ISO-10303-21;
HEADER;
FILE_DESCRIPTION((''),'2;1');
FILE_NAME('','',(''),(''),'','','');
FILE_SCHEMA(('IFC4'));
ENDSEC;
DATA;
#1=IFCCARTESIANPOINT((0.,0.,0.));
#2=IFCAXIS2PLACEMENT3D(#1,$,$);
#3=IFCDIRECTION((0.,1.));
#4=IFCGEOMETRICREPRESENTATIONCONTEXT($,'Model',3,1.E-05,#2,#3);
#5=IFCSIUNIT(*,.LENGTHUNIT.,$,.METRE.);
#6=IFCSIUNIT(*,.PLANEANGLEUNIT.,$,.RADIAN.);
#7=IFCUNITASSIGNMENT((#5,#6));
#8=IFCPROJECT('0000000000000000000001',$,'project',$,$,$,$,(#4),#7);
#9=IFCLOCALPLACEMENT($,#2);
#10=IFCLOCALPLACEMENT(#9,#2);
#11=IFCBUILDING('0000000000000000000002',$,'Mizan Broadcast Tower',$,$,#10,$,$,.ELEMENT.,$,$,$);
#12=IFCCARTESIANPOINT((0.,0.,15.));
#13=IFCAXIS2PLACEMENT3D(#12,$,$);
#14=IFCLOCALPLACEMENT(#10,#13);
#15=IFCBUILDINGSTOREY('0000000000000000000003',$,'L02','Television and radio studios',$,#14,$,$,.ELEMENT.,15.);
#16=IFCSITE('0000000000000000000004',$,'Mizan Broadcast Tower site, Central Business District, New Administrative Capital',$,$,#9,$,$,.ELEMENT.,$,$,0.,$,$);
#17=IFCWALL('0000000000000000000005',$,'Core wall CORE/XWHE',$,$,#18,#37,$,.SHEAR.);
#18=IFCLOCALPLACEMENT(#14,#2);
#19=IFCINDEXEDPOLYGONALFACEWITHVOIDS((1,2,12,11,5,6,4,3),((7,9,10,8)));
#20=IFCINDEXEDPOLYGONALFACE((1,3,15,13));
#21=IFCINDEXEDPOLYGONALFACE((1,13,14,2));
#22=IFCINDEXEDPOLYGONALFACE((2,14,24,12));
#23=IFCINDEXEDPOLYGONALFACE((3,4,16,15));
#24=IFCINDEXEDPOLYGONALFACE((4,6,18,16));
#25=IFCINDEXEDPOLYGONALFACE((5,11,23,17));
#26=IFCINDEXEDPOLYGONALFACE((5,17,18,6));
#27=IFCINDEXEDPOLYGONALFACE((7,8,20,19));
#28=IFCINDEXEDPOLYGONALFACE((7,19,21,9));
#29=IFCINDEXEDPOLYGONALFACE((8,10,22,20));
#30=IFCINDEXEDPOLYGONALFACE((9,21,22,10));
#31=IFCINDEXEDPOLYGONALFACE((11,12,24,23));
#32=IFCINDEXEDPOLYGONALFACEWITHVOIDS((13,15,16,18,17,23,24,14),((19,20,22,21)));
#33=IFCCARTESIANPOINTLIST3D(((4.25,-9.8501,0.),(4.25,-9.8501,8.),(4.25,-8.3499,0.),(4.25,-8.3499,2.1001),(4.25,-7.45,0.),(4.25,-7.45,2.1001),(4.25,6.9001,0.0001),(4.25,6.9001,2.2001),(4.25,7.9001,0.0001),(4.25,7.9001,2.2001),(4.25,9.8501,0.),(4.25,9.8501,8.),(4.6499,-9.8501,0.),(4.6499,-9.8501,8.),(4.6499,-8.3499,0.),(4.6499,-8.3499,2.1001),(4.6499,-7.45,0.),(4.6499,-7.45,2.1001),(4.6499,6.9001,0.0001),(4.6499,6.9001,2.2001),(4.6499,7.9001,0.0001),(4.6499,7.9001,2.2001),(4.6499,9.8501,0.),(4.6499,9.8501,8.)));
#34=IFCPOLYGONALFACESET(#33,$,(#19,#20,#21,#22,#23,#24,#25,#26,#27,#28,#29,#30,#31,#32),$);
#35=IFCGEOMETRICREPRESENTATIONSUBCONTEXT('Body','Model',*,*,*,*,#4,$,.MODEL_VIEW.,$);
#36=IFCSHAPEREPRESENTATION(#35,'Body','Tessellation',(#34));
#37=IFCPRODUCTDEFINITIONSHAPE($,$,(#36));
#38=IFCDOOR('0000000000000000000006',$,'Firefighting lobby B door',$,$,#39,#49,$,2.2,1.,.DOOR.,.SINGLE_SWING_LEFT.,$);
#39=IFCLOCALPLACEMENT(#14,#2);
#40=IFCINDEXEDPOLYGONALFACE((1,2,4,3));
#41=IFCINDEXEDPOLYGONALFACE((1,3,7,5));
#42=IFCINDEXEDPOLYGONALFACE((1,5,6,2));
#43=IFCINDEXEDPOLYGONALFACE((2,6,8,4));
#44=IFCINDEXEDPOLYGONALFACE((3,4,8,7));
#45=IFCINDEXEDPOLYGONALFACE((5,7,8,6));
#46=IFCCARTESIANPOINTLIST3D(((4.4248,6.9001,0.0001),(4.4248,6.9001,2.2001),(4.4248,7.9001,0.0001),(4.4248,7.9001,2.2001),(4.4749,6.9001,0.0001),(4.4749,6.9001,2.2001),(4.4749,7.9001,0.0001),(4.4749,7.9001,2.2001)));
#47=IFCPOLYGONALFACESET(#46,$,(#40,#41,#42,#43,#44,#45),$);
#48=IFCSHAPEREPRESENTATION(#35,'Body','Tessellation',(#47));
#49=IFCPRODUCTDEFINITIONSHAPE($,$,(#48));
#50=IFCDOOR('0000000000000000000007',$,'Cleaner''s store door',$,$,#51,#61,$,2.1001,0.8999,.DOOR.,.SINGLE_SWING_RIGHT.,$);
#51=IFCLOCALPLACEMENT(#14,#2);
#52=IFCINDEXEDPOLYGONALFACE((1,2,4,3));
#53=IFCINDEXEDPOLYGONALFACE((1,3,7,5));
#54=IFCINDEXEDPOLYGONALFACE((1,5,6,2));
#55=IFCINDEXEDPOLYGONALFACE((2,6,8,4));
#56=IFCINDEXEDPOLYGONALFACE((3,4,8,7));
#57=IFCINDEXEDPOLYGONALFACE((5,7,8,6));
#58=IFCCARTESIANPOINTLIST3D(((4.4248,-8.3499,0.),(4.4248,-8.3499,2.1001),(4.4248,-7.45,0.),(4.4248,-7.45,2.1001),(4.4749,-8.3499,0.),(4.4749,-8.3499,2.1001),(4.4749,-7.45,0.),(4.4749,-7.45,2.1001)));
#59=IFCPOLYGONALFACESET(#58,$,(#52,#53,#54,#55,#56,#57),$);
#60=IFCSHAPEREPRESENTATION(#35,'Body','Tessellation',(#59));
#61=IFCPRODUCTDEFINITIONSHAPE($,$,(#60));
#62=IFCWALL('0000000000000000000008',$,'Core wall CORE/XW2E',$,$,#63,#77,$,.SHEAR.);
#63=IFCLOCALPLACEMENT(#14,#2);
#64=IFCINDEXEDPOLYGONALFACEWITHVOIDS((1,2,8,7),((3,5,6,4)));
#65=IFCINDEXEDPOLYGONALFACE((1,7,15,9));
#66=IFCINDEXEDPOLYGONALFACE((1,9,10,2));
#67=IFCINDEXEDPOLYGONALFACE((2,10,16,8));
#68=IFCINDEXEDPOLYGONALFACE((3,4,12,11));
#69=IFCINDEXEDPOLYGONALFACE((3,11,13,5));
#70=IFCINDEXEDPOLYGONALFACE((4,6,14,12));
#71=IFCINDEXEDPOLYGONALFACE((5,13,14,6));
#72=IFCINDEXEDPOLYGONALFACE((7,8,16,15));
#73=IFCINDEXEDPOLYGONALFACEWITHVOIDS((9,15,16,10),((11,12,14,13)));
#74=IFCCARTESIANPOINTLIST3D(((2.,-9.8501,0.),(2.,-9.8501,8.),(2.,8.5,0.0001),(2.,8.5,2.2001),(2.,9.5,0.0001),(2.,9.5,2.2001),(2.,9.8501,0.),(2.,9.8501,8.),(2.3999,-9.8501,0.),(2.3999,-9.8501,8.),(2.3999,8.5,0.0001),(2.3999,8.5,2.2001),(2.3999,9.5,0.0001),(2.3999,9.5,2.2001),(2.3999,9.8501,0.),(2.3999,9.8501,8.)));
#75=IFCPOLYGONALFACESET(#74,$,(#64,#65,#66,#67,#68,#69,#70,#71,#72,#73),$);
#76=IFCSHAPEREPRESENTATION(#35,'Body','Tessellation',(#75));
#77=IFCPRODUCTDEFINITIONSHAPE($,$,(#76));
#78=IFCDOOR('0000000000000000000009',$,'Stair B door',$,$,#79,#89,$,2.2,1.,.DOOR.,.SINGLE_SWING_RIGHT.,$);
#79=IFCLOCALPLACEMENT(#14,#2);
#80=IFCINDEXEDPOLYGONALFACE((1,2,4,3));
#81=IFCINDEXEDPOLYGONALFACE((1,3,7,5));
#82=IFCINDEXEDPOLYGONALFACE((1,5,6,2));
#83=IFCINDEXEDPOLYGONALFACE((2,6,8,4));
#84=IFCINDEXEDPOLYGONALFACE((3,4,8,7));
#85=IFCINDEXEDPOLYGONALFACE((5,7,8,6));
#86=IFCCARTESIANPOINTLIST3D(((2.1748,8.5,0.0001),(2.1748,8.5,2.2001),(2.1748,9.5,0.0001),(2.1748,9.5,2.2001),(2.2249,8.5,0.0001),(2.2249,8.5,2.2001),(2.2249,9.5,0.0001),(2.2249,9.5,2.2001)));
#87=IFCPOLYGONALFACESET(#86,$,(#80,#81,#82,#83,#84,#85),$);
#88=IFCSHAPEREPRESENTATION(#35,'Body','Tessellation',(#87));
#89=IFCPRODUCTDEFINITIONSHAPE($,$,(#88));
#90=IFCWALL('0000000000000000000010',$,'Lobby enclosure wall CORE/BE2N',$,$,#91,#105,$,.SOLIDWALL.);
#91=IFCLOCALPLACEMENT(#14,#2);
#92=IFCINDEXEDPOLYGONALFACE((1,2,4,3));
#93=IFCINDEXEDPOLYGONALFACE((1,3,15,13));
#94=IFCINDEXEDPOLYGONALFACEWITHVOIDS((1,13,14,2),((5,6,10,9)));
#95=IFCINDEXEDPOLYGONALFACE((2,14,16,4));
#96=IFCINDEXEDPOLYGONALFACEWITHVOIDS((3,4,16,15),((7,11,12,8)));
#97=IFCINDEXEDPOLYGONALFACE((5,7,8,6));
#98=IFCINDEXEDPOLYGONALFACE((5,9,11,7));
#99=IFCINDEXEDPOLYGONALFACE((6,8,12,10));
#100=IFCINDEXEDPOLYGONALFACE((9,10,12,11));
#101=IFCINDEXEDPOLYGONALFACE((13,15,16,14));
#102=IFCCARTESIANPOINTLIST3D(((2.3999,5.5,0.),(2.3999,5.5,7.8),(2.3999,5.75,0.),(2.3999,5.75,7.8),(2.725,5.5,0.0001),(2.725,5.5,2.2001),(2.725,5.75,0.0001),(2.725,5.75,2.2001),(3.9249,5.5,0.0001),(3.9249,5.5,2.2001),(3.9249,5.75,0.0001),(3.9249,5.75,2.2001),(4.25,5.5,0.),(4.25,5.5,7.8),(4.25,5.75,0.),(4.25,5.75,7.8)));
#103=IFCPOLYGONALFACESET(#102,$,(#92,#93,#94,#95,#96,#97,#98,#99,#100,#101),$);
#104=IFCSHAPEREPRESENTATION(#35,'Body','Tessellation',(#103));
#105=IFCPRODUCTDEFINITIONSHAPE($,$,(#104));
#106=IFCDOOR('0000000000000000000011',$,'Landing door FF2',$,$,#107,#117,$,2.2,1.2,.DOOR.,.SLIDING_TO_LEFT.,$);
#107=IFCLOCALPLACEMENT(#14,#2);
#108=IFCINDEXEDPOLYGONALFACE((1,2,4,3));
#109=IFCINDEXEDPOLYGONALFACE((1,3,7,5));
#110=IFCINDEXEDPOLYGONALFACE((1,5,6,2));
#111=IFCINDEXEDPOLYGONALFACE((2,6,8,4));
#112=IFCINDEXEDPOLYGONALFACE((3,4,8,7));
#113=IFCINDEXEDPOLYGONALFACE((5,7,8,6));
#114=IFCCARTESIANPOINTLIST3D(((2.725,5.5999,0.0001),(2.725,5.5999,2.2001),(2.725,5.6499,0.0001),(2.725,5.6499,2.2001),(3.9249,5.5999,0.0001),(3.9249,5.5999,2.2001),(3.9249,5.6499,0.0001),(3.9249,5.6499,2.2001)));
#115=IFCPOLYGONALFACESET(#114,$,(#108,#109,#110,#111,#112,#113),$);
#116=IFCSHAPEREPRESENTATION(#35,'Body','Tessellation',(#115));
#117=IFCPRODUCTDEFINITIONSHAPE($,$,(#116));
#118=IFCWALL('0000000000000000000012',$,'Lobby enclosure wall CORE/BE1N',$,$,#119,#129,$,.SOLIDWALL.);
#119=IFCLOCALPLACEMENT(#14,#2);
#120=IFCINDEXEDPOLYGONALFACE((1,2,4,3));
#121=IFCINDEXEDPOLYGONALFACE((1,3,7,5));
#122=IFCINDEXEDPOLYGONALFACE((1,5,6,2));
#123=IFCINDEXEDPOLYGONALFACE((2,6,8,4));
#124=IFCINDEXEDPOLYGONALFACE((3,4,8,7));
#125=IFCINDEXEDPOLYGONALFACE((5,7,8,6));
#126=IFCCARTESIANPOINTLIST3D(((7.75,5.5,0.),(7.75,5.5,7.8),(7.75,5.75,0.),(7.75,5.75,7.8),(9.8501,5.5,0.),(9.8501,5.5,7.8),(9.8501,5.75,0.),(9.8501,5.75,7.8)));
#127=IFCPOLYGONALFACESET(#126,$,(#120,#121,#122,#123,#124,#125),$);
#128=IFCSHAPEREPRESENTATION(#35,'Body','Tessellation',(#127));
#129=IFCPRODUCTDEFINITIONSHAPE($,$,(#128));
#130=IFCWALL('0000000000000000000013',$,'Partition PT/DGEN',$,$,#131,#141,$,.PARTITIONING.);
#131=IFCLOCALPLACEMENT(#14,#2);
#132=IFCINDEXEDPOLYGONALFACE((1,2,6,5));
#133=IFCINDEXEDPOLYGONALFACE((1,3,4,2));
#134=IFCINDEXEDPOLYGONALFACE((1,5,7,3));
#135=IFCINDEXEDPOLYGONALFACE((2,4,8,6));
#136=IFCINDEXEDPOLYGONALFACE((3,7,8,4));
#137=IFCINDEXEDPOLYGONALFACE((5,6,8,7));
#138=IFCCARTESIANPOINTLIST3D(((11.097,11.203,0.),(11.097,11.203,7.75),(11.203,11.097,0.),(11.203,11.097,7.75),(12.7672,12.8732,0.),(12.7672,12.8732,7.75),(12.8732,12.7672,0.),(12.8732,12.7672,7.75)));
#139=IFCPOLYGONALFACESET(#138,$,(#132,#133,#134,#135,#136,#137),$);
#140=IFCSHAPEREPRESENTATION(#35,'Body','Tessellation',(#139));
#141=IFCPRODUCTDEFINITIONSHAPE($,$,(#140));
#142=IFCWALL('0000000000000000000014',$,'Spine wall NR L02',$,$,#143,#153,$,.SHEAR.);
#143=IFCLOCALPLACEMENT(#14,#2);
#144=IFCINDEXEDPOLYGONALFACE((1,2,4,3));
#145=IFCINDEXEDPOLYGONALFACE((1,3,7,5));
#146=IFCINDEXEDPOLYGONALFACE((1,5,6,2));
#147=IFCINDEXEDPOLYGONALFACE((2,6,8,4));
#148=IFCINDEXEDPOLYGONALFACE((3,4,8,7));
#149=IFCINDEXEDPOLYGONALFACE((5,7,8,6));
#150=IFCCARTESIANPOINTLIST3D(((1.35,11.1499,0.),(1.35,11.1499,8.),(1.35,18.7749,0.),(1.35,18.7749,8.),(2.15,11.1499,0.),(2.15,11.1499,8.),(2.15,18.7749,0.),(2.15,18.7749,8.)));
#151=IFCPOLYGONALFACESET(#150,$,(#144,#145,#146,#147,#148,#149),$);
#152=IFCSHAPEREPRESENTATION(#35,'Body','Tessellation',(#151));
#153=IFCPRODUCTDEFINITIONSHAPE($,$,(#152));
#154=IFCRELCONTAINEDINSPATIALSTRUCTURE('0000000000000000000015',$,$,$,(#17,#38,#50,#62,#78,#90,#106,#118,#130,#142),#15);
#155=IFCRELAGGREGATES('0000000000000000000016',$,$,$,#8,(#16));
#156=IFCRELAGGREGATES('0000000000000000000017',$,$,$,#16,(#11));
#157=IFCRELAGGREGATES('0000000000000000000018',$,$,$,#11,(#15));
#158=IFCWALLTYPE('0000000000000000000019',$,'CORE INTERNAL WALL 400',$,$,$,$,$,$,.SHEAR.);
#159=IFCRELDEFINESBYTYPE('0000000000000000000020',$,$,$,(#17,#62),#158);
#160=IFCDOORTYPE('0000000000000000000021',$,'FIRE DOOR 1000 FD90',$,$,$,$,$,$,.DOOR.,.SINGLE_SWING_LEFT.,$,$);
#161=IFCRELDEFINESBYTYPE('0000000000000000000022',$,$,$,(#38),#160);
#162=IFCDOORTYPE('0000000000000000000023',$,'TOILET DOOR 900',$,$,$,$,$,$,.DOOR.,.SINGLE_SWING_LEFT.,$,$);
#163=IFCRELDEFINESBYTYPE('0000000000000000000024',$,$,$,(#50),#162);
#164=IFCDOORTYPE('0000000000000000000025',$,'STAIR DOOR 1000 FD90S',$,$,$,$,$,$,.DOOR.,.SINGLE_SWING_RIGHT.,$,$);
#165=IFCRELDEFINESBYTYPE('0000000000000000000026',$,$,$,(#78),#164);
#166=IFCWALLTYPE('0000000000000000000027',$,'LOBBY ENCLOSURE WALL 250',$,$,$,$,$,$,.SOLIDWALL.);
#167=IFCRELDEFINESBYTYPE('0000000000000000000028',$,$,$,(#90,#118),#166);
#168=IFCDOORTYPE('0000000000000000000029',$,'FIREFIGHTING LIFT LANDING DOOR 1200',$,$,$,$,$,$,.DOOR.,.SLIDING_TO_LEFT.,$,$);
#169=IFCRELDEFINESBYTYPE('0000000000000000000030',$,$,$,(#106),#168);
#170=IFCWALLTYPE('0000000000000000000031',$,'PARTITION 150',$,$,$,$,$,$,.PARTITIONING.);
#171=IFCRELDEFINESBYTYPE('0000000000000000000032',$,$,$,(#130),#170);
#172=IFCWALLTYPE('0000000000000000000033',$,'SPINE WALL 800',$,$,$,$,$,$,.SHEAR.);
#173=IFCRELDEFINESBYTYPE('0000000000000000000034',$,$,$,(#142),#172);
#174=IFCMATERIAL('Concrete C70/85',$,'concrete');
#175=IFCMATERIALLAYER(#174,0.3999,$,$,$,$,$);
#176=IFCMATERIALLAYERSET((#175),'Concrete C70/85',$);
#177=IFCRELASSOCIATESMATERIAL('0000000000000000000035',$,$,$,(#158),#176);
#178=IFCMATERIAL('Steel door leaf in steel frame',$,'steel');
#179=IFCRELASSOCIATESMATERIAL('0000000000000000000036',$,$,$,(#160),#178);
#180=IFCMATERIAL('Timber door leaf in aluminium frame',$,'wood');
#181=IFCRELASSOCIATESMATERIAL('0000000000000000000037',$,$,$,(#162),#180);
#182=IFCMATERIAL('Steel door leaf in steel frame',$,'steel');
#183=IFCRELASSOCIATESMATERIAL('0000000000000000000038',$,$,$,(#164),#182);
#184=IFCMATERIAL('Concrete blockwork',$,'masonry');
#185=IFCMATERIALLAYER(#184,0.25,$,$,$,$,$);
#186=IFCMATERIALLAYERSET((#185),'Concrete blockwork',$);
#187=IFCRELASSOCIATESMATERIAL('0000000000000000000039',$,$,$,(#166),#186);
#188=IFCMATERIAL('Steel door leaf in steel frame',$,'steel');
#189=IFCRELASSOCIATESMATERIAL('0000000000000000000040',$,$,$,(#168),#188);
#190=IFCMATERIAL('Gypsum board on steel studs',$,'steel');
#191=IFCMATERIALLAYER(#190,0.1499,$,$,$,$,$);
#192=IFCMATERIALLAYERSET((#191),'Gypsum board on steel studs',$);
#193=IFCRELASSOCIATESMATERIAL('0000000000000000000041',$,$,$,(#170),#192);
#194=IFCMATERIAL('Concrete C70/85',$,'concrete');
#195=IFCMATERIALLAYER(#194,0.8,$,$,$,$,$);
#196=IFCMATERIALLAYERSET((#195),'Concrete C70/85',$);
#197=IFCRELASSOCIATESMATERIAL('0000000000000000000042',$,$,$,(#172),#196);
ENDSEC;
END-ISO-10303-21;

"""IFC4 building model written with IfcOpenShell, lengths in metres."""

from ifc_helpers import new_model, si_unit, direction, frame, frame_2d, origin, place, context, subcontext, project, spatial, rectangle, extrude, material, layer, layer_set, type_object, element, fill, save


model = new_model("IFC4")

# Units and contexts
model_context = context("Model", 3, precision=1e-05, world=origin(), true_north=direction((0.0, 1.0)))
body_context = subcontext(model_context, "Body", "Model", "MODEL_VIEW")
ifc_project = project(units=[si_unit("LENGTHUNIT", "METRE"), si_unit("PLANEANGLEUNIT", "RADIAN")], contexts=[model_context])

# Site, building, storey
site_placement = place(None, origin())
site = spatial("IfcSite", under=ifc_project, at=site_placement, Name="Mizan Broadcast Tower site, Central Business District, New Administrative Capital", CompositionType="ELEMENT", RefElevation=0.0)
building_placement = place(site_placement, origin())
building = spatial("IfcBuilding", under=site, at=building_placement, Name="Mizan Broadcast Tower", CompositionType="ELEMENT")
storey_placement = place(building_placement, frame((0.0, 0.0, 15.0)))
storey = spatial("IfcBuildingStorey", under=building, at=storey_placement, Name="L02", Description="Television and radio studios", CompositionType="ELEMENT", Elevation=15.0)

# Wall, openings, doors
ifc_material_1 = material(Name="Concrete C70/85", Category="concrete")
ifc_layer_1 = layer(ifc_material_1, 0.3999)
ifc_layer_set_1 = layer_set([ifc_layer_1], Name="Concrete C70/85")
wall_type_1 = type_object("IfcWallType", Name="CORE INTERNAL WALL 400", PredefinedType="SHEAR", material=ifc_layer_set_1)
ifc_material_2 = material(Name="Steel door leaf in steel frame", Category="steel")
door_type_1 = type_object("IfcDoorType", Name="FIRE DOOR 1000 FD90", OperationType="SINGLE_SWING_LEFT", PredefinedType="DOOR", material=ifc_material_2)
ifc_material_3 = material(Name="Timber door leaf in aluminium frame", Category="wood")
door_type_2 = type_object("IfcDoorType", Name="TOILET DOOR 900", OperationType="SINGLE_SWING_LEFT", PredefinedType="DOOR", material=ifc_material_3)
wall_1_placement = place(storey_placement, frame((4.45, 9.8501, 0.0), z_axis=(0.0, 0.0, 1.0), x_axis=(0.0, -1.0, 0.0)))
wall_1 = element("IfcWall", 1, at=wall_1_placement, inside=storey, type_object=wall_type_1, Name="Core wall CORE/XWHE", PredefinedType="SHEAR", context=body_context, shape_type="SweptSolid", body=[
    extrude(rectangle(XDim=19.7002, YDim=0.3999, at=frame_2d((9.8501, 0.0))), origin(), (0.0, 0.0, 1.0), 8.0),
])
opening_1_placement = place(wall_1_placement, frame((1.95, 0.0, 0.0)))
opening_1 = element("IfcOpeningElement", 2, at=opening_1_placement, cuts=wall_1, PredefinedType="OPENING", context=body_context, shape_type="SweptSolid", body=[
    extrude(rectangle(XDim=1.0, YDim=2.2, at=frame_2d((0.5, 1.1001))), frame((0.0, 0.21, 0.0), z_axis=(0.0, -1.0, 0.0), x_axis=(1.0, 0.0, 0.0)), (0.0, 0.0, 1.0), 0.4199),
])
opening_2_placement = place(wall_1_placement, frame((17.3, 0.0, 0.0)))
opening_2 = element("IfcOpeningElement", 3, at=opening_2_placement, cuts=wall_1, PredefinedType="OPENING", context=body_context, shape_type="SweptSolid", body=[
    extrude(rectangle(XDim=0.8999, YDim=2.1001, at=frame_2d((0.45, 1.05))), frame((0.0, 0.21, 0.0), z_axis=(0.0, -1.0, 0.0), x_axis=(1.0, 0.0, 0.0)), (0.0, 0.0, 1.0), 0.4199),
])
door_1_placement = place(opening_1_placement, origin())
door_1 = element("IfcDoor", 4, at=door_1_placement, inside=storey, type_object=door_type_1, Name="Firefighting lobby B door", OperationType="SINGLE_SWING_LEFT", OverallHeight=2.2, OverallWidth=1.0, PredefinedType="DOOR", context=body_context, shape_type="SweptSolid", body=[
    extrude(rectangle(XDim=1.0, YDim=2.2, at=frame_2d((0.5, 1.1001))), frame((0.0, 0.0249, 0.0), z_axis=(0.0, -1.0, 0.0), x_axis=(1.0, 0.0, 0.0)), (0.0, 0.0, 1.0), 0.05),
])
fill(opening_1, door_1)
door_2_placement = place(opening_2_placement, origin())
door_2 = element("IfcDoor", 5, at=door_2_placement, inside=storey, type_object=door_type_2, Name="Cleaner's store door", OperationType="SINGLE_SWING_RIGHT", OverallHeight=2.1001, OverallWidth=0.8999, PredefinedType="DOOR", context=body_context, shape_type="SweptSolid", body=[
    extrude(rectangle(XDim=0.8999, YDim=2.1001, at=frame_2d((0.45, 1.05))), frame((0.0, 0.0249, 0.0), z_axis=(0.0, -1.0, 0.0), x_axis=(1.0, 0.0, 0.0)), (0.0, 0.0, 1.0), 0.05),
])
fill(opening_2, door_2)

# Walls, openings, doors
wall_2_placement = place(storey_placement, frame((2.2, 9.8501, 0.0), z_axis=(0.0, 0.0, 1.0), x_axis=(0.0, -1.0, 0.0)))
wall_2 = element("IfcWall", 6, at=wall_2_placement, inside=storey, type_object=wall_type_1, Name="Core wall CORE/XW2E", PredefinedType="SHEAR", context=body_context, shape_type="SweptSolid", body=[
    extrude(rectangle(XDim=19.7002, YDim=0.3999, at=frame_2d((9.8501, 0.0))), origin(), (0.0, 0.0, 1.0), 8.0),
])
opening_3_placement = place(wall_2_placement, frame((0.3501, 0.0, 0.0)))
opening_3 = element("IfcOpeningElement", 7, at=opening_3_placement, cuts=wall_2, PredefinedType="OPENING", context=body_context, shape_type="SweptSolid", body=[
    extrude(rectangle(XDim=1.0, YDim=2.2, at=frame_2d((0.5, 1.1001))), frame((0.0, 0.21, 0.0), z_axis=(0.0, -1.0, 0.0), x_axis=(1.0, 0.0, 0.0)), (0.0, 0.0, 1.0), 0.4199),
])
ifc_material_4 = material(Name="Steel door leaf in steel frame", Category="steel")
door_type_3 = type_object("IfcDoorType", Name="STAIR DOOR 1000 FD90S", OperationType="SINGLE_SWING_RIGHT", PredefinedType="DOOR", material=ifc_material_4)
door_3_placement = place(opening_3_placement, origin())
door_3 = element("IfcDoor", 8, at=door_3_placement, inside=storey, type_object=door_type_3, Name="Stair B door", OperationType="SINGLE_SWING_RIGHT", OverallHeight=2.2, OverallWidth=1.0, PredefinedType="DOOR", context=body_context, shape_type="SweptSolid", body=[
    extrude(rectangle(XDim=1.0, YDim=2.2, at=frame_2d((0.5, 1.1001))), frame((0.0, 0.0249, 0.0), z_axis=(0.0, -1.0, 0.0), x_axis=(1.0, 0.0, 0.0)), (0.0, 0.0, 1.0), 0.05),
])
fill(opening_3, door_3)
ifc_material_5 = material(Name="Concrete blockwork", Category="masonry")
ifc_layer_2 = layer(ifc_material_5, 0.25)
ifc_layer_set_2 = layer_set([ifc_layer_2], Name="Concrete blockwork")
wall_type_2 = type_object("IfcWallType", Name="LOBBY ENCLOSURE WALL 250", PredefinedType="SOLIDWALL", material=ifc_layer_set_2)
wall_3_placement = place(storey_placement, frame((2.3999, 5.625, 0.0), z_axis=(0.0, 0.0, 1.0), x_axis=(1.0, 0.0, 0.0)))
wall_3 = element("IfcWall", 9, at=wall_3_placement, inside=storey, type_object=wall_type_2, Name="Lobby enclosure wall CORE/BE2N", PredefinedType="SOLIDWALL", context=body_context, shape_type="SweptSolid", body=[
    extrude(rectangle(XDim=1.8501, YDim=0.25, at=frame_2d((0.925, 0.0))), origin(), (0.0, 0.0, 1.0), 7.8),
])
opening_4_placement = place(wall_3_placement, frame((0.325, 0.0, 0.0)))
opening_4 = element("IfcOpeningElement", 10, at=opening_4_placement, cuts=wall_3, PredefinedType="OPENING", context=body_context, shape_type="SweptSolid", body=[
    extrude(rectangle(XDim=1.2, YDim=2.2, at=frame_2d((0.6001, 1.1001))), frame((0.0, 0.135, 0.0), z_axis=(0.0, -1.0, 0.0), x_axis=(1.0, 0.0, 0.0)), (0.0, 0.0, 1.0), 0.27),
])
ifc_material_6 = material(Name="Steel door leaf in steel frame", Category="steel")
door_type_4 = type_object("IfcDoorType", Name="FIREFIGHTING LIFT LANDING DOOR 1200", OperationType="SLIDING_TO_LEFT", PredefinedType="DOOR", material=ifc_material_6)
door_4_placement = place(opening_4_placement, origin())
door_4 = element("IfcDoor", 11, at=door_4_placement, inside=storey, type_object=door_type_4, Name="Landing door FF2", OperationType="SLIDING_TO_LEFT", OverallHeight=2.2, OverallWidth=1.2, PredefinedType="DOOR", context=body_context, shape_type="SweptSolid", body=[
    extrude(rectangle(XDim=1.2, YDim=2.2, at=frame_2d((0.6001, 1.1001))), frame((0.0, 0.0249, 0.0), z_axis=(0.0, -1.0, 0.0), x_axis=(1.0, 0.0, 0.0)), (0.0, 0.0, 1.0), 0.05),
])
fill(opening_4, door_4)

# Walls
wall_4_placement = place(storey_placement, frame((7.75, 5.625, 0.0), z_axis=(0.0, 0.0, 1.0), x_axis=(1.0, 0.0, 0.0)))
element("IfcWall", 12, at=wall_4_placement, inside=storey, type_object=wall_type_2, Name="Lobby enclosure wall CORE/BE1N", PredefinedType="SOLIDWALL", context=body_context, shape_type="SweptSolid", body=[
    extrude(rectangle(XDim=2.1001, YDim=0.25, at=frame_2d((1.05, 0.0))), origin(), (0.0, 0.0, 1.0), 7.8),
])
ifc_material_7 = material(Name="Gypsum board on steel studs", Category="steel")
ifc_layer_3 = layer(ifc_material_7, 0.1499)
ifc_layer_set_3 = layer_set([ifc_layer_3], Name="Gypsum board on steel studs")
wall_type_3 = type_object("IfcWallType", Name="PARTITION 150", PredefinedType="PARTITIONING", material=ifc_layer_set_3)
wall_5_placement = place(storey_placement, frame((11.1499, 11.1499, 0.0), z_axis=(0.0, 0.0, 1.0), x_axis=(0.707107, 0.707107, 0.0)))
element("IfcWall", 13, at=wall_5_placement, inside=storey, type_object=wall_type_3, Name="Partition PT/DGEN", PredefinedType="PARTITIONING", context=body_context, shape_type="SweptSolid", body=[
    extrude(rectangle(XDim=2.3621, YDim=0.1499, at=frame_2d((1.1812, 0.0))), origin(), (0.0, 0.0, 1.0), 7.75),
])
ifc_material_8 = material(Name="Concrete C70/85", Category="concrete")
ifc_layer_4 = layer(ifc_material_8, 0.8)
ifc_layer_set_4 = layer_set([ifc_layer_4], Name="Concrete C70/85")
wall_type_4 = type_object("IfcWallType", Name="SPINE WALL 800", PredefinedType="SHEAR", material=ifc_layer_set_4)
wall_6_placement = place(storey_placement, frame((1.75, 11.1499, 0.0), z_axis=(0.0, 0.0, 1.0), x_axis=(0.0, 1.0, 0.0)))
element("IfcWall", 14, at=wall_6_placement, inside=storey, type_object=wall_type_4, Name="Spine wall NR L02", PredefinedType="SHEAR", context=body_context, shape_type="SweptSolid", body=[
    extrude(rectangle(XDim=7.625, YDim=0.8, at=frame_2d((3.8125, 0.0))), origin(), (0.0, 0.0, 1.0), 8.0),
])

save(model, "model.ifc")
